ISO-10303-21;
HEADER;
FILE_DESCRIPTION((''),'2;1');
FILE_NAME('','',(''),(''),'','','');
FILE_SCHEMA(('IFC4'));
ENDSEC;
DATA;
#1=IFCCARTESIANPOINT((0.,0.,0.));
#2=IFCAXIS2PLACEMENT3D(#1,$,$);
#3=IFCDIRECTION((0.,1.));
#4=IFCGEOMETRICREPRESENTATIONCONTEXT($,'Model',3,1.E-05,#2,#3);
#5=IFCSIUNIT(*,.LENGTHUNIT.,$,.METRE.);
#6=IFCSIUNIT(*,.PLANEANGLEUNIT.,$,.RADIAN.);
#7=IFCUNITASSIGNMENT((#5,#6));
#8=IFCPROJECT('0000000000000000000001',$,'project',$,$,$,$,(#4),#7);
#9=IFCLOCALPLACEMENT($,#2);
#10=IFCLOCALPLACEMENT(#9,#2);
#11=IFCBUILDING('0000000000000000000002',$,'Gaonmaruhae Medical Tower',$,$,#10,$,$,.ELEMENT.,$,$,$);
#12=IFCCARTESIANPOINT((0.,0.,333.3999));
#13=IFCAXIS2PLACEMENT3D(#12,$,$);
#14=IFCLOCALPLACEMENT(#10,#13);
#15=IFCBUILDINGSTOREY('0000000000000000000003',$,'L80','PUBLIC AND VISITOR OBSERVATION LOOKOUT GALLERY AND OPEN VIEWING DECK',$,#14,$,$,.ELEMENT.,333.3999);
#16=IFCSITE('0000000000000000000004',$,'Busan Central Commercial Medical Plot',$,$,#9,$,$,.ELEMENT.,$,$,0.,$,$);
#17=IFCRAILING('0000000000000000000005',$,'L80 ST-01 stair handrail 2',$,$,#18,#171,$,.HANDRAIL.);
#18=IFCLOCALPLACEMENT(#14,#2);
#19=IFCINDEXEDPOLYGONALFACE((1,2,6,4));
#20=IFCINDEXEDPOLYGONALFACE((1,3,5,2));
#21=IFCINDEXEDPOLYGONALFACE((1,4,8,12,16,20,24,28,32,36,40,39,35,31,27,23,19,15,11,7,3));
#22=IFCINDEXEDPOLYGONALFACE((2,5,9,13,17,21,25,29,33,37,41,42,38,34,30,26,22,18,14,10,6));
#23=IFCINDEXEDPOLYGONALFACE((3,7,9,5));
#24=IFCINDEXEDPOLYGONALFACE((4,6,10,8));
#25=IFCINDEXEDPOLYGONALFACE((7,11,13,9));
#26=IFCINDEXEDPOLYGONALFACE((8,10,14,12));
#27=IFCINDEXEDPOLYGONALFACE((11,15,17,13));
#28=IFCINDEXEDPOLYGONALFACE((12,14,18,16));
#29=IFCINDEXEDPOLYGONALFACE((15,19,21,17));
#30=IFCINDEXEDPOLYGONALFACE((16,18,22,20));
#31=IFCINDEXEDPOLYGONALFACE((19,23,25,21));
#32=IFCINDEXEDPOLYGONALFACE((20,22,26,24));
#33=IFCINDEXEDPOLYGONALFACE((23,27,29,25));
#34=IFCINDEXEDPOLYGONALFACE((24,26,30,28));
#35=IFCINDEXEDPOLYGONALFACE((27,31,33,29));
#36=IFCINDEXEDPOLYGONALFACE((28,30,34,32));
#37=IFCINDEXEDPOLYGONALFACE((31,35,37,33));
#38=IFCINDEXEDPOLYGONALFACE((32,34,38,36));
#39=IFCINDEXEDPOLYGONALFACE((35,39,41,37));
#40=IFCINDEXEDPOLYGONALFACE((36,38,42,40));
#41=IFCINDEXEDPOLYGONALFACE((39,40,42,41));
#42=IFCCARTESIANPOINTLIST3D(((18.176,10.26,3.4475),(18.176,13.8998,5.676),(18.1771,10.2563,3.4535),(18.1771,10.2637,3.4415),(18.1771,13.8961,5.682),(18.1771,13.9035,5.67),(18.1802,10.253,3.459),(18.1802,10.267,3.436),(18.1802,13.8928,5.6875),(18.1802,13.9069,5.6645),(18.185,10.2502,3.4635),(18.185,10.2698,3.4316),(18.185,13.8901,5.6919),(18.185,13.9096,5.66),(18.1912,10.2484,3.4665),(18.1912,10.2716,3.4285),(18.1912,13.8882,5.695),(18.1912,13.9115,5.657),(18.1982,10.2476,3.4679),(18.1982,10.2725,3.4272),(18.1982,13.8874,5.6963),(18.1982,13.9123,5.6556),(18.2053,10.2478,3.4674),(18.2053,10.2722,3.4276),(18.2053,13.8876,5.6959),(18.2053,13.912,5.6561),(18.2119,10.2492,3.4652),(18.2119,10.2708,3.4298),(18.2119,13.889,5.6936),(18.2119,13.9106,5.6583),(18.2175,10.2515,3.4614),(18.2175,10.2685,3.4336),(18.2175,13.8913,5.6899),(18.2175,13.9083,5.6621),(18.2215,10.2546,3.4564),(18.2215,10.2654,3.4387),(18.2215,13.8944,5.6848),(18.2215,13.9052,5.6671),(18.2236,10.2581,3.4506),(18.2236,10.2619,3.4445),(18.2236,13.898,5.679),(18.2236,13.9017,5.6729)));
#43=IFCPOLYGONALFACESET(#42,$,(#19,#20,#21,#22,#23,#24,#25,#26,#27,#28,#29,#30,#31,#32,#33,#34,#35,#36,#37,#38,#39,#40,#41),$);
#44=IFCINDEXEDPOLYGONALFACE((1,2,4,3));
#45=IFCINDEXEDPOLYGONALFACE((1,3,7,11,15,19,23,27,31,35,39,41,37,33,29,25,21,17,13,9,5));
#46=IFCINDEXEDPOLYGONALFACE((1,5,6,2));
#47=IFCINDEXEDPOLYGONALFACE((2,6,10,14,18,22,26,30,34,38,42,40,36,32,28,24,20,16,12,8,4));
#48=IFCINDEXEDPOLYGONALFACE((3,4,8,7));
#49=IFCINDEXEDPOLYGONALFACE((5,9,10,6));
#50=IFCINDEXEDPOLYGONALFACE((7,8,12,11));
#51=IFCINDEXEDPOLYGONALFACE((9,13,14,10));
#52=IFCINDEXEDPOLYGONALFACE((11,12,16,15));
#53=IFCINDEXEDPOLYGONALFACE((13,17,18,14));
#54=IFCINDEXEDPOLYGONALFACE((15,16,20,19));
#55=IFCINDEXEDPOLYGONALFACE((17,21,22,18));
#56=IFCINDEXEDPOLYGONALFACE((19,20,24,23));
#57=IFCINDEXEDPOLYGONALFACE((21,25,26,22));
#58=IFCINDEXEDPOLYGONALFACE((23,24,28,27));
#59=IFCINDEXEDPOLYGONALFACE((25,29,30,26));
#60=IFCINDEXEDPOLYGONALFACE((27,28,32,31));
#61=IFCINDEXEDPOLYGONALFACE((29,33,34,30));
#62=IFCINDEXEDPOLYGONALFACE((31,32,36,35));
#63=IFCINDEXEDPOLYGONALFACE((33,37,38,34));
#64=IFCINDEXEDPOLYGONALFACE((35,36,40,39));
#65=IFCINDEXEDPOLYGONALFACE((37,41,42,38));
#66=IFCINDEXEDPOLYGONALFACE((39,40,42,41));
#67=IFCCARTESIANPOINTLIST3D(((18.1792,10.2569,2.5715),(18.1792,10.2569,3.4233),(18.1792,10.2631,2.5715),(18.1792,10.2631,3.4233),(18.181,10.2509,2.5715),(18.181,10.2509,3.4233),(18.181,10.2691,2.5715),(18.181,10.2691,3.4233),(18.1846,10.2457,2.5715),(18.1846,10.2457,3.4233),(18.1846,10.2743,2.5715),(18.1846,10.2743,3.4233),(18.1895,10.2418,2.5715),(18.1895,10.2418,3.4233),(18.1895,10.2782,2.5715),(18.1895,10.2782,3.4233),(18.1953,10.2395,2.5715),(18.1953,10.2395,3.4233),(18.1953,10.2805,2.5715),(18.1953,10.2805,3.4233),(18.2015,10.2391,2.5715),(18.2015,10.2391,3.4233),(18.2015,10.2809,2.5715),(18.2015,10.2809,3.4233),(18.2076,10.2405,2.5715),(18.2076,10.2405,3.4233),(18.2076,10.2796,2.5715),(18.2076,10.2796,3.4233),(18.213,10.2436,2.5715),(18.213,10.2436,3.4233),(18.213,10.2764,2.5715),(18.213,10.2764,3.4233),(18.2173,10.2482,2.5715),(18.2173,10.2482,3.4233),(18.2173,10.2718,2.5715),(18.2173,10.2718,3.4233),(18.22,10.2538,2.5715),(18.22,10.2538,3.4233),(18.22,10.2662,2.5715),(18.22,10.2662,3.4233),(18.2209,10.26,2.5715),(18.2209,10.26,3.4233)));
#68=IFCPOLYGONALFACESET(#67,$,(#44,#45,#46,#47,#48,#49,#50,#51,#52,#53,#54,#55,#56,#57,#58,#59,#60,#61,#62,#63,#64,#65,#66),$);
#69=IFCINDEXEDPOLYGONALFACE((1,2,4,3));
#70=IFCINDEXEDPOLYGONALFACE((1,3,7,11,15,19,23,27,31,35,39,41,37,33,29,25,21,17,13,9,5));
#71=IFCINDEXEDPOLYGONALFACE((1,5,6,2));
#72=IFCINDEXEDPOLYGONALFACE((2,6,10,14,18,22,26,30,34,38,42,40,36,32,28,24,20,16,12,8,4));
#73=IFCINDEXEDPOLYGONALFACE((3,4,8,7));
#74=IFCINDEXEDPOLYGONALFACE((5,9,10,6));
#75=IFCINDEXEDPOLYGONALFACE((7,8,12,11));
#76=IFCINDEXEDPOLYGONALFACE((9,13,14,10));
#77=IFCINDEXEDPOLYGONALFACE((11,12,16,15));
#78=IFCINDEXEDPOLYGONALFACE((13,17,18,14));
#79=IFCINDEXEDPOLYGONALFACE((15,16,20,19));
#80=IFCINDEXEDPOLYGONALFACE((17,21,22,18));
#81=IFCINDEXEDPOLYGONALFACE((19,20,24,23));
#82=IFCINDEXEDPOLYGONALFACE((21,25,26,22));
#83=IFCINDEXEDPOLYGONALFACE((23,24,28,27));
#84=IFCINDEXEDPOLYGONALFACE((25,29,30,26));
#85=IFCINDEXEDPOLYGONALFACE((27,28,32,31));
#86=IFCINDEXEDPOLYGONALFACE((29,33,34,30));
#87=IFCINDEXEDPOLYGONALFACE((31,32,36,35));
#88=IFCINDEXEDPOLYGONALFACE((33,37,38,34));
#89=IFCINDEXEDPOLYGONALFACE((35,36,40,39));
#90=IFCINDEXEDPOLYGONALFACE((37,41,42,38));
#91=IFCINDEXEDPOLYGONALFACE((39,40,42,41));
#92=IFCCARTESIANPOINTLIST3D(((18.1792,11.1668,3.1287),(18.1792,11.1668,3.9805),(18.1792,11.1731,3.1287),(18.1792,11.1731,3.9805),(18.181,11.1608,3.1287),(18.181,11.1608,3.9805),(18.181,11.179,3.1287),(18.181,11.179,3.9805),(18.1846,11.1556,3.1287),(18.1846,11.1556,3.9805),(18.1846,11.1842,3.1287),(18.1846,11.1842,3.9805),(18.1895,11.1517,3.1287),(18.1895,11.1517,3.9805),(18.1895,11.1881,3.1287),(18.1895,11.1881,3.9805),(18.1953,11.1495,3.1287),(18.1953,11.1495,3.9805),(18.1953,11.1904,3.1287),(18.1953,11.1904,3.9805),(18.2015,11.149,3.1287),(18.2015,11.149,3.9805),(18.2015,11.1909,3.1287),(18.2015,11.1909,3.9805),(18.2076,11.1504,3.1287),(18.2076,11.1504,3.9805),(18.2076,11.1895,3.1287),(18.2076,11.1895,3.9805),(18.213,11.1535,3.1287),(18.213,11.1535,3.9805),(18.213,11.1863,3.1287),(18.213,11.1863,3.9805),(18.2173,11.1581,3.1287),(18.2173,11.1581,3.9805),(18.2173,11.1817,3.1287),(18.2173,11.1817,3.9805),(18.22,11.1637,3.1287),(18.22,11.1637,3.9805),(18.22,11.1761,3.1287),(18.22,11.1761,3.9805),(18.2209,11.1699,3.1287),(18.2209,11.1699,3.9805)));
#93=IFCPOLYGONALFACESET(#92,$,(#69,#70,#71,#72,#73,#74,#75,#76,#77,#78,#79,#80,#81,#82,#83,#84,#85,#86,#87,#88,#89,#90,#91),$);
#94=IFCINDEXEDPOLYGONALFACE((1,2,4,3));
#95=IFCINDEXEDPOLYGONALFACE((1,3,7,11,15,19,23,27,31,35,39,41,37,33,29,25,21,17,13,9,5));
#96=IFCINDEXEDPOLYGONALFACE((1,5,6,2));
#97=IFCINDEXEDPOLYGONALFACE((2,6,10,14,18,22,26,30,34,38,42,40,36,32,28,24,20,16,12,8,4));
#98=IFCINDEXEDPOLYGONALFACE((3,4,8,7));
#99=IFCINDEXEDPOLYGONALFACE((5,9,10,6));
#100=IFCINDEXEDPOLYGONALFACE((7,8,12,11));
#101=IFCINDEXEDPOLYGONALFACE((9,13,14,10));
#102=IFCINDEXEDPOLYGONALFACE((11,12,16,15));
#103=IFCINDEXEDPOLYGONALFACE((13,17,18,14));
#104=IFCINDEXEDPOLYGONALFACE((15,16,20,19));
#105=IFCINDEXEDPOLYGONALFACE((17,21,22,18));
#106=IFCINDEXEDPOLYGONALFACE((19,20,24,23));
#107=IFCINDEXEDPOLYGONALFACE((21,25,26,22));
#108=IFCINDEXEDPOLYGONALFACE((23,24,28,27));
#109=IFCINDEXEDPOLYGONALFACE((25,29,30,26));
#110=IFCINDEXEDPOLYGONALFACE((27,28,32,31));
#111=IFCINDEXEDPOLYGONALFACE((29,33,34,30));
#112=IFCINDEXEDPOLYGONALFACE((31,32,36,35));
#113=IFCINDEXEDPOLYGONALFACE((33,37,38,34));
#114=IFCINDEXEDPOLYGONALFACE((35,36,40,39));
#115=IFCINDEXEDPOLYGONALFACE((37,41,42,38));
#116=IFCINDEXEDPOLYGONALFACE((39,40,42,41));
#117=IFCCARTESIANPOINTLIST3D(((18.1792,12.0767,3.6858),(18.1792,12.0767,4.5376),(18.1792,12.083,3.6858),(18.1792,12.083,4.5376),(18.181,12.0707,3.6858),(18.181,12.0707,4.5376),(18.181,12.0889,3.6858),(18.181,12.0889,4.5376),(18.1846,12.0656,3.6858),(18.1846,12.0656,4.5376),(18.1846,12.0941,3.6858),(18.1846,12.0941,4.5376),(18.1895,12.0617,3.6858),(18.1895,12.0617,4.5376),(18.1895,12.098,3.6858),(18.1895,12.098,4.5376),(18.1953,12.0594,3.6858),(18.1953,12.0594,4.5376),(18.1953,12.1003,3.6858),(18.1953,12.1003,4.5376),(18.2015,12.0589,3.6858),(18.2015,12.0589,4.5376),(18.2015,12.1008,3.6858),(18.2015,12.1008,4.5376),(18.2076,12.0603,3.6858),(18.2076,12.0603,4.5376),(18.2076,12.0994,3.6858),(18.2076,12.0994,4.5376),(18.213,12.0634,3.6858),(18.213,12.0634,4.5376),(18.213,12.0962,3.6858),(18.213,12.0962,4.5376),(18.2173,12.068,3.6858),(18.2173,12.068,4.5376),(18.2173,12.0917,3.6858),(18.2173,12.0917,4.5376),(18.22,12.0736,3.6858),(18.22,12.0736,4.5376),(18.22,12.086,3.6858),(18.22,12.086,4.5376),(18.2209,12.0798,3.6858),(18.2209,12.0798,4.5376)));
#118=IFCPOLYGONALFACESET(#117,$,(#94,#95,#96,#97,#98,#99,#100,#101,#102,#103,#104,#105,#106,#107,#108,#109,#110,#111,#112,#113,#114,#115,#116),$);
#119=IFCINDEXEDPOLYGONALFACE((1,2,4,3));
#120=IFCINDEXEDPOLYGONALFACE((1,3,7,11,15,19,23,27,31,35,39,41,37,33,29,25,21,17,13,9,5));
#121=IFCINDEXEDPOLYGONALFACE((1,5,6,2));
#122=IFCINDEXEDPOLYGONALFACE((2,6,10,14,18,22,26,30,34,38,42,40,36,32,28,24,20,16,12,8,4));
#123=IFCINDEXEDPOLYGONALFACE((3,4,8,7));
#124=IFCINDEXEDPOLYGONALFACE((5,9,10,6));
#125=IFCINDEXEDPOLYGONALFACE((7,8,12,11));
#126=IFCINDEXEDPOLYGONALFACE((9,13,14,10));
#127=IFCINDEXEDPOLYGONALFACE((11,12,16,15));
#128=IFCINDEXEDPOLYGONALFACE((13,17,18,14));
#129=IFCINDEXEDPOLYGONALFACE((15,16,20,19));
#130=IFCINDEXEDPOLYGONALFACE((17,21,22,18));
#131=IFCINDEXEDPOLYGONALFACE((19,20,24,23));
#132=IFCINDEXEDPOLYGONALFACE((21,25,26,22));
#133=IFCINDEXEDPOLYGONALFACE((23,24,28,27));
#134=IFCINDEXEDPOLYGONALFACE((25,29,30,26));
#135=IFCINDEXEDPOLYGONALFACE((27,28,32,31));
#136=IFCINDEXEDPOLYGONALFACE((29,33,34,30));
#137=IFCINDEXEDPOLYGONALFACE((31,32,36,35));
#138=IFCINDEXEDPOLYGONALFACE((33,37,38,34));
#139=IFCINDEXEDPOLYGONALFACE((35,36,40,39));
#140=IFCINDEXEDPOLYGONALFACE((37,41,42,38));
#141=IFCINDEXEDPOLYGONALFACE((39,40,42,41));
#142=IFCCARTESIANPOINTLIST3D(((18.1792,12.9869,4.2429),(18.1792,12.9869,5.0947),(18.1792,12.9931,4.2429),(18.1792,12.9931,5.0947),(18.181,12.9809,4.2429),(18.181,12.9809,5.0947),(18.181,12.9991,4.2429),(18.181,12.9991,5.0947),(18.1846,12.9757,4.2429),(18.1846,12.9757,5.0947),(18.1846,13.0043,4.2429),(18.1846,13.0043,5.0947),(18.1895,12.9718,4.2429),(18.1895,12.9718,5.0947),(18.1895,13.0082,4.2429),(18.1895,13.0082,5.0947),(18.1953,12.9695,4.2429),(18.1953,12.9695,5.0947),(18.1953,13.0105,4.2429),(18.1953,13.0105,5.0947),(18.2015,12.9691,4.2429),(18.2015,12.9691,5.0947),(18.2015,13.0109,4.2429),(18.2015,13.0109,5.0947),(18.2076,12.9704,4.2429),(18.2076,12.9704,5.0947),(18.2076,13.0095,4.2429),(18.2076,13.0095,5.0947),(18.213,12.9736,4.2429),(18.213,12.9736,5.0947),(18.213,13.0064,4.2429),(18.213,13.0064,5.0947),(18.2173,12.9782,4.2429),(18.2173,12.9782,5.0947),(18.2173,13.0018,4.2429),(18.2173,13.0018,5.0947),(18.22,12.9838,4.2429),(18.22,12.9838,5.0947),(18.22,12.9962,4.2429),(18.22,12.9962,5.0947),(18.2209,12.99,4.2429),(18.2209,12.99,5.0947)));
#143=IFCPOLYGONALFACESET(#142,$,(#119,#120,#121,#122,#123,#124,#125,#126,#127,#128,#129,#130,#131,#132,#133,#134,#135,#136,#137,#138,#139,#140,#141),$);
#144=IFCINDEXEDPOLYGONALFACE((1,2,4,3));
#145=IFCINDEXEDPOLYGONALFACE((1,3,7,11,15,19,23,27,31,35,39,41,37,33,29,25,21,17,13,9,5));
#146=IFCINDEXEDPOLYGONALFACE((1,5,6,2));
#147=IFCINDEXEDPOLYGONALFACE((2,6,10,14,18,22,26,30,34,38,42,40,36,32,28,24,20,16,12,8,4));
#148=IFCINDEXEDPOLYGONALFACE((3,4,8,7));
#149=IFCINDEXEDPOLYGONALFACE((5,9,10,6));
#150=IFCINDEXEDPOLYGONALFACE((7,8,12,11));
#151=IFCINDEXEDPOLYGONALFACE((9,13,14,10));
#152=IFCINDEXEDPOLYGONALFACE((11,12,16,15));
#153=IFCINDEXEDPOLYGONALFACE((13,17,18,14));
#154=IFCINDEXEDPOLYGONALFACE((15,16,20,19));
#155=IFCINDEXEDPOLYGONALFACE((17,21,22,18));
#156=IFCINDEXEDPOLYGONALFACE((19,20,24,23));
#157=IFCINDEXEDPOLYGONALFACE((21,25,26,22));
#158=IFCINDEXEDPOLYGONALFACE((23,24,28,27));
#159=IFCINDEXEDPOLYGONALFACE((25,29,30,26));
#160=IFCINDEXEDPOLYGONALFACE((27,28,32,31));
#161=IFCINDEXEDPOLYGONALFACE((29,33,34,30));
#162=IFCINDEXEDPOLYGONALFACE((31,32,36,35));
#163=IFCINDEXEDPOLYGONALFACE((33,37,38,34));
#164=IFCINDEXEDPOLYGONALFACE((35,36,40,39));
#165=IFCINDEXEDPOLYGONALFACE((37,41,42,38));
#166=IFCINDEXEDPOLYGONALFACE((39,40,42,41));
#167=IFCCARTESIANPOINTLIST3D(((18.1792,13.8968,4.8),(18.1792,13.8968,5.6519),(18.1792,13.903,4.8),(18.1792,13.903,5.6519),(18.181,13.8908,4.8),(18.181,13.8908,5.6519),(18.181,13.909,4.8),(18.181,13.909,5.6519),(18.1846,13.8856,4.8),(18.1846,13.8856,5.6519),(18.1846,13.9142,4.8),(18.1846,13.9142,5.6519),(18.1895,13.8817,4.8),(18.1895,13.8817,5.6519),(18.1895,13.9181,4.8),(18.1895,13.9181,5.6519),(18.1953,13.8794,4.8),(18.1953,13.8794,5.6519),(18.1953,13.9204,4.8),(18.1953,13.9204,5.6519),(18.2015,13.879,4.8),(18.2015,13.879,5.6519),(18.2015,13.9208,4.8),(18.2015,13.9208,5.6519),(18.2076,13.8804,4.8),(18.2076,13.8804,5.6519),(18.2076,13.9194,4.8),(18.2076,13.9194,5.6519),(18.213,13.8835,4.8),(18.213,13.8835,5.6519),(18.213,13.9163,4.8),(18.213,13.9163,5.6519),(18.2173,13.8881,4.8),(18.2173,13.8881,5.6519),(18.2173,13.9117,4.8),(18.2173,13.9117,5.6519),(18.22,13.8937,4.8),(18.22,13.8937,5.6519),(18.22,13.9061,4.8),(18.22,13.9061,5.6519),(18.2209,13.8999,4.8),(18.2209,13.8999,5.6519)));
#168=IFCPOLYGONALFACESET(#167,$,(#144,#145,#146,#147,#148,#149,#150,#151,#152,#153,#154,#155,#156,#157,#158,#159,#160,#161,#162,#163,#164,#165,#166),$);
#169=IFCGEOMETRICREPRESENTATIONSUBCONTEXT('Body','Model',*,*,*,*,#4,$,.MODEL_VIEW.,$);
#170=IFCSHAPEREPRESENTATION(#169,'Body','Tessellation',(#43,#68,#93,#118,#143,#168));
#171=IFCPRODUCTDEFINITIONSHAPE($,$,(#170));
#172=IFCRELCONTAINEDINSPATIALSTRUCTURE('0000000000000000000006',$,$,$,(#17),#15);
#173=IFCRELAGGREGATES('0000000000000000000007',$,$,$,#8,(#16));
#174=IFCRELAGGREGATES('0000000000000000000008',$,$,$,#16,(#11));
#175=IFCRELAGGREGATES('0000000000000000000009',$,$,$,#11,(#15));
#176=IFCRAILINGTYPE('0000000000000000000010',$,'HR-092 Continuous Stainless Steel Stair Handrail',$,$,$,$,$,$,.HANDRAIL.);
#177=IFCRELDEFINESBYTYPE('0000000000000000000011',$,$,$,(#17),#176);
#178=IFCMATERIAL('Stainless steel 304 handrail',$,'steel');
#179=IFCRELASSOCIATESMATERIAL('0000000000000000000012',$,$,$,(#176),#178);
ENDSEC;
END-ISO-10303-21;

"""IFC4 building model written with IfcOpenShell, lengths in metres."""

from ifc_helpers import new_model, si_unit, direction, frame, origin, origin_2d, place, context, subcontext, project, spatial, circle, extrude, material, type_object, element, save


model = new_model("IFC4")

# Units and contexts
model_context = context("Model", 3, precision=1e-05, world=origin(), true_north=direction((0.0, 1.0)))
body_context = subcontext(model_context, "Body", "Model", "MODEL_VIEW")
ifc_project = project(units=[si_unit("LENGTHUNIT", "METRE"), si_unit("PLANEANGLEUNIT", "RADIAN")], contexts=[model_context])

# Site, building, storey
site_placement = place(None, origin())
site = spatial("IfcSite", under=ifc_project, at=site_placement, Name="Busan Central Commercial Medical Plot", CompositionType="ELEMENT", RefElevation=0.0)
building_placement = place(site_placement, origin())
building = spatial("IfcBuilding", under=site, at=building_placement, Name="Gaonmaruhae Medical Tower", CompositionType="ELEMENT")
storey_placement = place(building_placement, frame((0.0, 0.0, 333.3999)))
storey = spatial("IfcBuildingStorey", under=building, at=storey_placement, Name="L80", Description="PUBLIC AND VISITOR OBSERVATION LOOKOUT GALLERY AND OPEN VIEWING DECK", CompositionType="ELEMENT", Elevation=333.3999)

# Railing
ifc_material_1 = material(Name="Stainless steel 304 handrail", Category="steel")
railing_type_1 = type_object("IfcRailingType", Name="HR-092 Continuous Stainless Steel Stair Handrail", PredefinedType="HANDRAIL", material=ifc_material_1)
railing_1_placement = place(storey_placement, frame((18.2, 10.26, 2.5715)))
element("IfcRailing", 1, at=railing_1_placement, inside=storey, type_object=railing_type_1, Name="L80 ST-01 stair handrail 2", PredefinedType="HANDRAIL", context=body_context, shape_type="SweptSolid", body=[
    extrude(circle(Radius=0.0239, at=origin_2d()), frame((0.0, 0.0, 0.876), z_axis=(0.0, 0.85285, 0.522156), x_axis=(-1.0, 0.0, 0.0)), (0.0, 0.0, 1.0), 4.2678),
    extrude(circle(Radius=0.021, at=origin_2d()), origin(), (0.0, 0.0, 1.0), 0.8518),
    extrude(circle(Radius=0.021, at=origin_2d()), frame((0.0, 0.9099, 0.5571)), (0.0, 0.0, 1.0), 0.8518),
    extrude(circle(Radius=0.021, at=origin_2d()), frame((0.0, 1.8198, 1.1143)), (0.0, 0.0, 1.0), 0.8518),
    extrude(circle(Radius=0.021, at=origin_2d()), frame((0.0, 2.73, 1.6714)), (0.0, 0.0, 1.0), 0.8518),
    extrude(circle(Radius=0.021, at=origin_2d()), frame((0.0, 3.6399, 2.2285)), (0.0, 0.0, 1.0), 0.8518),
])

save(model, "model.ifc")
